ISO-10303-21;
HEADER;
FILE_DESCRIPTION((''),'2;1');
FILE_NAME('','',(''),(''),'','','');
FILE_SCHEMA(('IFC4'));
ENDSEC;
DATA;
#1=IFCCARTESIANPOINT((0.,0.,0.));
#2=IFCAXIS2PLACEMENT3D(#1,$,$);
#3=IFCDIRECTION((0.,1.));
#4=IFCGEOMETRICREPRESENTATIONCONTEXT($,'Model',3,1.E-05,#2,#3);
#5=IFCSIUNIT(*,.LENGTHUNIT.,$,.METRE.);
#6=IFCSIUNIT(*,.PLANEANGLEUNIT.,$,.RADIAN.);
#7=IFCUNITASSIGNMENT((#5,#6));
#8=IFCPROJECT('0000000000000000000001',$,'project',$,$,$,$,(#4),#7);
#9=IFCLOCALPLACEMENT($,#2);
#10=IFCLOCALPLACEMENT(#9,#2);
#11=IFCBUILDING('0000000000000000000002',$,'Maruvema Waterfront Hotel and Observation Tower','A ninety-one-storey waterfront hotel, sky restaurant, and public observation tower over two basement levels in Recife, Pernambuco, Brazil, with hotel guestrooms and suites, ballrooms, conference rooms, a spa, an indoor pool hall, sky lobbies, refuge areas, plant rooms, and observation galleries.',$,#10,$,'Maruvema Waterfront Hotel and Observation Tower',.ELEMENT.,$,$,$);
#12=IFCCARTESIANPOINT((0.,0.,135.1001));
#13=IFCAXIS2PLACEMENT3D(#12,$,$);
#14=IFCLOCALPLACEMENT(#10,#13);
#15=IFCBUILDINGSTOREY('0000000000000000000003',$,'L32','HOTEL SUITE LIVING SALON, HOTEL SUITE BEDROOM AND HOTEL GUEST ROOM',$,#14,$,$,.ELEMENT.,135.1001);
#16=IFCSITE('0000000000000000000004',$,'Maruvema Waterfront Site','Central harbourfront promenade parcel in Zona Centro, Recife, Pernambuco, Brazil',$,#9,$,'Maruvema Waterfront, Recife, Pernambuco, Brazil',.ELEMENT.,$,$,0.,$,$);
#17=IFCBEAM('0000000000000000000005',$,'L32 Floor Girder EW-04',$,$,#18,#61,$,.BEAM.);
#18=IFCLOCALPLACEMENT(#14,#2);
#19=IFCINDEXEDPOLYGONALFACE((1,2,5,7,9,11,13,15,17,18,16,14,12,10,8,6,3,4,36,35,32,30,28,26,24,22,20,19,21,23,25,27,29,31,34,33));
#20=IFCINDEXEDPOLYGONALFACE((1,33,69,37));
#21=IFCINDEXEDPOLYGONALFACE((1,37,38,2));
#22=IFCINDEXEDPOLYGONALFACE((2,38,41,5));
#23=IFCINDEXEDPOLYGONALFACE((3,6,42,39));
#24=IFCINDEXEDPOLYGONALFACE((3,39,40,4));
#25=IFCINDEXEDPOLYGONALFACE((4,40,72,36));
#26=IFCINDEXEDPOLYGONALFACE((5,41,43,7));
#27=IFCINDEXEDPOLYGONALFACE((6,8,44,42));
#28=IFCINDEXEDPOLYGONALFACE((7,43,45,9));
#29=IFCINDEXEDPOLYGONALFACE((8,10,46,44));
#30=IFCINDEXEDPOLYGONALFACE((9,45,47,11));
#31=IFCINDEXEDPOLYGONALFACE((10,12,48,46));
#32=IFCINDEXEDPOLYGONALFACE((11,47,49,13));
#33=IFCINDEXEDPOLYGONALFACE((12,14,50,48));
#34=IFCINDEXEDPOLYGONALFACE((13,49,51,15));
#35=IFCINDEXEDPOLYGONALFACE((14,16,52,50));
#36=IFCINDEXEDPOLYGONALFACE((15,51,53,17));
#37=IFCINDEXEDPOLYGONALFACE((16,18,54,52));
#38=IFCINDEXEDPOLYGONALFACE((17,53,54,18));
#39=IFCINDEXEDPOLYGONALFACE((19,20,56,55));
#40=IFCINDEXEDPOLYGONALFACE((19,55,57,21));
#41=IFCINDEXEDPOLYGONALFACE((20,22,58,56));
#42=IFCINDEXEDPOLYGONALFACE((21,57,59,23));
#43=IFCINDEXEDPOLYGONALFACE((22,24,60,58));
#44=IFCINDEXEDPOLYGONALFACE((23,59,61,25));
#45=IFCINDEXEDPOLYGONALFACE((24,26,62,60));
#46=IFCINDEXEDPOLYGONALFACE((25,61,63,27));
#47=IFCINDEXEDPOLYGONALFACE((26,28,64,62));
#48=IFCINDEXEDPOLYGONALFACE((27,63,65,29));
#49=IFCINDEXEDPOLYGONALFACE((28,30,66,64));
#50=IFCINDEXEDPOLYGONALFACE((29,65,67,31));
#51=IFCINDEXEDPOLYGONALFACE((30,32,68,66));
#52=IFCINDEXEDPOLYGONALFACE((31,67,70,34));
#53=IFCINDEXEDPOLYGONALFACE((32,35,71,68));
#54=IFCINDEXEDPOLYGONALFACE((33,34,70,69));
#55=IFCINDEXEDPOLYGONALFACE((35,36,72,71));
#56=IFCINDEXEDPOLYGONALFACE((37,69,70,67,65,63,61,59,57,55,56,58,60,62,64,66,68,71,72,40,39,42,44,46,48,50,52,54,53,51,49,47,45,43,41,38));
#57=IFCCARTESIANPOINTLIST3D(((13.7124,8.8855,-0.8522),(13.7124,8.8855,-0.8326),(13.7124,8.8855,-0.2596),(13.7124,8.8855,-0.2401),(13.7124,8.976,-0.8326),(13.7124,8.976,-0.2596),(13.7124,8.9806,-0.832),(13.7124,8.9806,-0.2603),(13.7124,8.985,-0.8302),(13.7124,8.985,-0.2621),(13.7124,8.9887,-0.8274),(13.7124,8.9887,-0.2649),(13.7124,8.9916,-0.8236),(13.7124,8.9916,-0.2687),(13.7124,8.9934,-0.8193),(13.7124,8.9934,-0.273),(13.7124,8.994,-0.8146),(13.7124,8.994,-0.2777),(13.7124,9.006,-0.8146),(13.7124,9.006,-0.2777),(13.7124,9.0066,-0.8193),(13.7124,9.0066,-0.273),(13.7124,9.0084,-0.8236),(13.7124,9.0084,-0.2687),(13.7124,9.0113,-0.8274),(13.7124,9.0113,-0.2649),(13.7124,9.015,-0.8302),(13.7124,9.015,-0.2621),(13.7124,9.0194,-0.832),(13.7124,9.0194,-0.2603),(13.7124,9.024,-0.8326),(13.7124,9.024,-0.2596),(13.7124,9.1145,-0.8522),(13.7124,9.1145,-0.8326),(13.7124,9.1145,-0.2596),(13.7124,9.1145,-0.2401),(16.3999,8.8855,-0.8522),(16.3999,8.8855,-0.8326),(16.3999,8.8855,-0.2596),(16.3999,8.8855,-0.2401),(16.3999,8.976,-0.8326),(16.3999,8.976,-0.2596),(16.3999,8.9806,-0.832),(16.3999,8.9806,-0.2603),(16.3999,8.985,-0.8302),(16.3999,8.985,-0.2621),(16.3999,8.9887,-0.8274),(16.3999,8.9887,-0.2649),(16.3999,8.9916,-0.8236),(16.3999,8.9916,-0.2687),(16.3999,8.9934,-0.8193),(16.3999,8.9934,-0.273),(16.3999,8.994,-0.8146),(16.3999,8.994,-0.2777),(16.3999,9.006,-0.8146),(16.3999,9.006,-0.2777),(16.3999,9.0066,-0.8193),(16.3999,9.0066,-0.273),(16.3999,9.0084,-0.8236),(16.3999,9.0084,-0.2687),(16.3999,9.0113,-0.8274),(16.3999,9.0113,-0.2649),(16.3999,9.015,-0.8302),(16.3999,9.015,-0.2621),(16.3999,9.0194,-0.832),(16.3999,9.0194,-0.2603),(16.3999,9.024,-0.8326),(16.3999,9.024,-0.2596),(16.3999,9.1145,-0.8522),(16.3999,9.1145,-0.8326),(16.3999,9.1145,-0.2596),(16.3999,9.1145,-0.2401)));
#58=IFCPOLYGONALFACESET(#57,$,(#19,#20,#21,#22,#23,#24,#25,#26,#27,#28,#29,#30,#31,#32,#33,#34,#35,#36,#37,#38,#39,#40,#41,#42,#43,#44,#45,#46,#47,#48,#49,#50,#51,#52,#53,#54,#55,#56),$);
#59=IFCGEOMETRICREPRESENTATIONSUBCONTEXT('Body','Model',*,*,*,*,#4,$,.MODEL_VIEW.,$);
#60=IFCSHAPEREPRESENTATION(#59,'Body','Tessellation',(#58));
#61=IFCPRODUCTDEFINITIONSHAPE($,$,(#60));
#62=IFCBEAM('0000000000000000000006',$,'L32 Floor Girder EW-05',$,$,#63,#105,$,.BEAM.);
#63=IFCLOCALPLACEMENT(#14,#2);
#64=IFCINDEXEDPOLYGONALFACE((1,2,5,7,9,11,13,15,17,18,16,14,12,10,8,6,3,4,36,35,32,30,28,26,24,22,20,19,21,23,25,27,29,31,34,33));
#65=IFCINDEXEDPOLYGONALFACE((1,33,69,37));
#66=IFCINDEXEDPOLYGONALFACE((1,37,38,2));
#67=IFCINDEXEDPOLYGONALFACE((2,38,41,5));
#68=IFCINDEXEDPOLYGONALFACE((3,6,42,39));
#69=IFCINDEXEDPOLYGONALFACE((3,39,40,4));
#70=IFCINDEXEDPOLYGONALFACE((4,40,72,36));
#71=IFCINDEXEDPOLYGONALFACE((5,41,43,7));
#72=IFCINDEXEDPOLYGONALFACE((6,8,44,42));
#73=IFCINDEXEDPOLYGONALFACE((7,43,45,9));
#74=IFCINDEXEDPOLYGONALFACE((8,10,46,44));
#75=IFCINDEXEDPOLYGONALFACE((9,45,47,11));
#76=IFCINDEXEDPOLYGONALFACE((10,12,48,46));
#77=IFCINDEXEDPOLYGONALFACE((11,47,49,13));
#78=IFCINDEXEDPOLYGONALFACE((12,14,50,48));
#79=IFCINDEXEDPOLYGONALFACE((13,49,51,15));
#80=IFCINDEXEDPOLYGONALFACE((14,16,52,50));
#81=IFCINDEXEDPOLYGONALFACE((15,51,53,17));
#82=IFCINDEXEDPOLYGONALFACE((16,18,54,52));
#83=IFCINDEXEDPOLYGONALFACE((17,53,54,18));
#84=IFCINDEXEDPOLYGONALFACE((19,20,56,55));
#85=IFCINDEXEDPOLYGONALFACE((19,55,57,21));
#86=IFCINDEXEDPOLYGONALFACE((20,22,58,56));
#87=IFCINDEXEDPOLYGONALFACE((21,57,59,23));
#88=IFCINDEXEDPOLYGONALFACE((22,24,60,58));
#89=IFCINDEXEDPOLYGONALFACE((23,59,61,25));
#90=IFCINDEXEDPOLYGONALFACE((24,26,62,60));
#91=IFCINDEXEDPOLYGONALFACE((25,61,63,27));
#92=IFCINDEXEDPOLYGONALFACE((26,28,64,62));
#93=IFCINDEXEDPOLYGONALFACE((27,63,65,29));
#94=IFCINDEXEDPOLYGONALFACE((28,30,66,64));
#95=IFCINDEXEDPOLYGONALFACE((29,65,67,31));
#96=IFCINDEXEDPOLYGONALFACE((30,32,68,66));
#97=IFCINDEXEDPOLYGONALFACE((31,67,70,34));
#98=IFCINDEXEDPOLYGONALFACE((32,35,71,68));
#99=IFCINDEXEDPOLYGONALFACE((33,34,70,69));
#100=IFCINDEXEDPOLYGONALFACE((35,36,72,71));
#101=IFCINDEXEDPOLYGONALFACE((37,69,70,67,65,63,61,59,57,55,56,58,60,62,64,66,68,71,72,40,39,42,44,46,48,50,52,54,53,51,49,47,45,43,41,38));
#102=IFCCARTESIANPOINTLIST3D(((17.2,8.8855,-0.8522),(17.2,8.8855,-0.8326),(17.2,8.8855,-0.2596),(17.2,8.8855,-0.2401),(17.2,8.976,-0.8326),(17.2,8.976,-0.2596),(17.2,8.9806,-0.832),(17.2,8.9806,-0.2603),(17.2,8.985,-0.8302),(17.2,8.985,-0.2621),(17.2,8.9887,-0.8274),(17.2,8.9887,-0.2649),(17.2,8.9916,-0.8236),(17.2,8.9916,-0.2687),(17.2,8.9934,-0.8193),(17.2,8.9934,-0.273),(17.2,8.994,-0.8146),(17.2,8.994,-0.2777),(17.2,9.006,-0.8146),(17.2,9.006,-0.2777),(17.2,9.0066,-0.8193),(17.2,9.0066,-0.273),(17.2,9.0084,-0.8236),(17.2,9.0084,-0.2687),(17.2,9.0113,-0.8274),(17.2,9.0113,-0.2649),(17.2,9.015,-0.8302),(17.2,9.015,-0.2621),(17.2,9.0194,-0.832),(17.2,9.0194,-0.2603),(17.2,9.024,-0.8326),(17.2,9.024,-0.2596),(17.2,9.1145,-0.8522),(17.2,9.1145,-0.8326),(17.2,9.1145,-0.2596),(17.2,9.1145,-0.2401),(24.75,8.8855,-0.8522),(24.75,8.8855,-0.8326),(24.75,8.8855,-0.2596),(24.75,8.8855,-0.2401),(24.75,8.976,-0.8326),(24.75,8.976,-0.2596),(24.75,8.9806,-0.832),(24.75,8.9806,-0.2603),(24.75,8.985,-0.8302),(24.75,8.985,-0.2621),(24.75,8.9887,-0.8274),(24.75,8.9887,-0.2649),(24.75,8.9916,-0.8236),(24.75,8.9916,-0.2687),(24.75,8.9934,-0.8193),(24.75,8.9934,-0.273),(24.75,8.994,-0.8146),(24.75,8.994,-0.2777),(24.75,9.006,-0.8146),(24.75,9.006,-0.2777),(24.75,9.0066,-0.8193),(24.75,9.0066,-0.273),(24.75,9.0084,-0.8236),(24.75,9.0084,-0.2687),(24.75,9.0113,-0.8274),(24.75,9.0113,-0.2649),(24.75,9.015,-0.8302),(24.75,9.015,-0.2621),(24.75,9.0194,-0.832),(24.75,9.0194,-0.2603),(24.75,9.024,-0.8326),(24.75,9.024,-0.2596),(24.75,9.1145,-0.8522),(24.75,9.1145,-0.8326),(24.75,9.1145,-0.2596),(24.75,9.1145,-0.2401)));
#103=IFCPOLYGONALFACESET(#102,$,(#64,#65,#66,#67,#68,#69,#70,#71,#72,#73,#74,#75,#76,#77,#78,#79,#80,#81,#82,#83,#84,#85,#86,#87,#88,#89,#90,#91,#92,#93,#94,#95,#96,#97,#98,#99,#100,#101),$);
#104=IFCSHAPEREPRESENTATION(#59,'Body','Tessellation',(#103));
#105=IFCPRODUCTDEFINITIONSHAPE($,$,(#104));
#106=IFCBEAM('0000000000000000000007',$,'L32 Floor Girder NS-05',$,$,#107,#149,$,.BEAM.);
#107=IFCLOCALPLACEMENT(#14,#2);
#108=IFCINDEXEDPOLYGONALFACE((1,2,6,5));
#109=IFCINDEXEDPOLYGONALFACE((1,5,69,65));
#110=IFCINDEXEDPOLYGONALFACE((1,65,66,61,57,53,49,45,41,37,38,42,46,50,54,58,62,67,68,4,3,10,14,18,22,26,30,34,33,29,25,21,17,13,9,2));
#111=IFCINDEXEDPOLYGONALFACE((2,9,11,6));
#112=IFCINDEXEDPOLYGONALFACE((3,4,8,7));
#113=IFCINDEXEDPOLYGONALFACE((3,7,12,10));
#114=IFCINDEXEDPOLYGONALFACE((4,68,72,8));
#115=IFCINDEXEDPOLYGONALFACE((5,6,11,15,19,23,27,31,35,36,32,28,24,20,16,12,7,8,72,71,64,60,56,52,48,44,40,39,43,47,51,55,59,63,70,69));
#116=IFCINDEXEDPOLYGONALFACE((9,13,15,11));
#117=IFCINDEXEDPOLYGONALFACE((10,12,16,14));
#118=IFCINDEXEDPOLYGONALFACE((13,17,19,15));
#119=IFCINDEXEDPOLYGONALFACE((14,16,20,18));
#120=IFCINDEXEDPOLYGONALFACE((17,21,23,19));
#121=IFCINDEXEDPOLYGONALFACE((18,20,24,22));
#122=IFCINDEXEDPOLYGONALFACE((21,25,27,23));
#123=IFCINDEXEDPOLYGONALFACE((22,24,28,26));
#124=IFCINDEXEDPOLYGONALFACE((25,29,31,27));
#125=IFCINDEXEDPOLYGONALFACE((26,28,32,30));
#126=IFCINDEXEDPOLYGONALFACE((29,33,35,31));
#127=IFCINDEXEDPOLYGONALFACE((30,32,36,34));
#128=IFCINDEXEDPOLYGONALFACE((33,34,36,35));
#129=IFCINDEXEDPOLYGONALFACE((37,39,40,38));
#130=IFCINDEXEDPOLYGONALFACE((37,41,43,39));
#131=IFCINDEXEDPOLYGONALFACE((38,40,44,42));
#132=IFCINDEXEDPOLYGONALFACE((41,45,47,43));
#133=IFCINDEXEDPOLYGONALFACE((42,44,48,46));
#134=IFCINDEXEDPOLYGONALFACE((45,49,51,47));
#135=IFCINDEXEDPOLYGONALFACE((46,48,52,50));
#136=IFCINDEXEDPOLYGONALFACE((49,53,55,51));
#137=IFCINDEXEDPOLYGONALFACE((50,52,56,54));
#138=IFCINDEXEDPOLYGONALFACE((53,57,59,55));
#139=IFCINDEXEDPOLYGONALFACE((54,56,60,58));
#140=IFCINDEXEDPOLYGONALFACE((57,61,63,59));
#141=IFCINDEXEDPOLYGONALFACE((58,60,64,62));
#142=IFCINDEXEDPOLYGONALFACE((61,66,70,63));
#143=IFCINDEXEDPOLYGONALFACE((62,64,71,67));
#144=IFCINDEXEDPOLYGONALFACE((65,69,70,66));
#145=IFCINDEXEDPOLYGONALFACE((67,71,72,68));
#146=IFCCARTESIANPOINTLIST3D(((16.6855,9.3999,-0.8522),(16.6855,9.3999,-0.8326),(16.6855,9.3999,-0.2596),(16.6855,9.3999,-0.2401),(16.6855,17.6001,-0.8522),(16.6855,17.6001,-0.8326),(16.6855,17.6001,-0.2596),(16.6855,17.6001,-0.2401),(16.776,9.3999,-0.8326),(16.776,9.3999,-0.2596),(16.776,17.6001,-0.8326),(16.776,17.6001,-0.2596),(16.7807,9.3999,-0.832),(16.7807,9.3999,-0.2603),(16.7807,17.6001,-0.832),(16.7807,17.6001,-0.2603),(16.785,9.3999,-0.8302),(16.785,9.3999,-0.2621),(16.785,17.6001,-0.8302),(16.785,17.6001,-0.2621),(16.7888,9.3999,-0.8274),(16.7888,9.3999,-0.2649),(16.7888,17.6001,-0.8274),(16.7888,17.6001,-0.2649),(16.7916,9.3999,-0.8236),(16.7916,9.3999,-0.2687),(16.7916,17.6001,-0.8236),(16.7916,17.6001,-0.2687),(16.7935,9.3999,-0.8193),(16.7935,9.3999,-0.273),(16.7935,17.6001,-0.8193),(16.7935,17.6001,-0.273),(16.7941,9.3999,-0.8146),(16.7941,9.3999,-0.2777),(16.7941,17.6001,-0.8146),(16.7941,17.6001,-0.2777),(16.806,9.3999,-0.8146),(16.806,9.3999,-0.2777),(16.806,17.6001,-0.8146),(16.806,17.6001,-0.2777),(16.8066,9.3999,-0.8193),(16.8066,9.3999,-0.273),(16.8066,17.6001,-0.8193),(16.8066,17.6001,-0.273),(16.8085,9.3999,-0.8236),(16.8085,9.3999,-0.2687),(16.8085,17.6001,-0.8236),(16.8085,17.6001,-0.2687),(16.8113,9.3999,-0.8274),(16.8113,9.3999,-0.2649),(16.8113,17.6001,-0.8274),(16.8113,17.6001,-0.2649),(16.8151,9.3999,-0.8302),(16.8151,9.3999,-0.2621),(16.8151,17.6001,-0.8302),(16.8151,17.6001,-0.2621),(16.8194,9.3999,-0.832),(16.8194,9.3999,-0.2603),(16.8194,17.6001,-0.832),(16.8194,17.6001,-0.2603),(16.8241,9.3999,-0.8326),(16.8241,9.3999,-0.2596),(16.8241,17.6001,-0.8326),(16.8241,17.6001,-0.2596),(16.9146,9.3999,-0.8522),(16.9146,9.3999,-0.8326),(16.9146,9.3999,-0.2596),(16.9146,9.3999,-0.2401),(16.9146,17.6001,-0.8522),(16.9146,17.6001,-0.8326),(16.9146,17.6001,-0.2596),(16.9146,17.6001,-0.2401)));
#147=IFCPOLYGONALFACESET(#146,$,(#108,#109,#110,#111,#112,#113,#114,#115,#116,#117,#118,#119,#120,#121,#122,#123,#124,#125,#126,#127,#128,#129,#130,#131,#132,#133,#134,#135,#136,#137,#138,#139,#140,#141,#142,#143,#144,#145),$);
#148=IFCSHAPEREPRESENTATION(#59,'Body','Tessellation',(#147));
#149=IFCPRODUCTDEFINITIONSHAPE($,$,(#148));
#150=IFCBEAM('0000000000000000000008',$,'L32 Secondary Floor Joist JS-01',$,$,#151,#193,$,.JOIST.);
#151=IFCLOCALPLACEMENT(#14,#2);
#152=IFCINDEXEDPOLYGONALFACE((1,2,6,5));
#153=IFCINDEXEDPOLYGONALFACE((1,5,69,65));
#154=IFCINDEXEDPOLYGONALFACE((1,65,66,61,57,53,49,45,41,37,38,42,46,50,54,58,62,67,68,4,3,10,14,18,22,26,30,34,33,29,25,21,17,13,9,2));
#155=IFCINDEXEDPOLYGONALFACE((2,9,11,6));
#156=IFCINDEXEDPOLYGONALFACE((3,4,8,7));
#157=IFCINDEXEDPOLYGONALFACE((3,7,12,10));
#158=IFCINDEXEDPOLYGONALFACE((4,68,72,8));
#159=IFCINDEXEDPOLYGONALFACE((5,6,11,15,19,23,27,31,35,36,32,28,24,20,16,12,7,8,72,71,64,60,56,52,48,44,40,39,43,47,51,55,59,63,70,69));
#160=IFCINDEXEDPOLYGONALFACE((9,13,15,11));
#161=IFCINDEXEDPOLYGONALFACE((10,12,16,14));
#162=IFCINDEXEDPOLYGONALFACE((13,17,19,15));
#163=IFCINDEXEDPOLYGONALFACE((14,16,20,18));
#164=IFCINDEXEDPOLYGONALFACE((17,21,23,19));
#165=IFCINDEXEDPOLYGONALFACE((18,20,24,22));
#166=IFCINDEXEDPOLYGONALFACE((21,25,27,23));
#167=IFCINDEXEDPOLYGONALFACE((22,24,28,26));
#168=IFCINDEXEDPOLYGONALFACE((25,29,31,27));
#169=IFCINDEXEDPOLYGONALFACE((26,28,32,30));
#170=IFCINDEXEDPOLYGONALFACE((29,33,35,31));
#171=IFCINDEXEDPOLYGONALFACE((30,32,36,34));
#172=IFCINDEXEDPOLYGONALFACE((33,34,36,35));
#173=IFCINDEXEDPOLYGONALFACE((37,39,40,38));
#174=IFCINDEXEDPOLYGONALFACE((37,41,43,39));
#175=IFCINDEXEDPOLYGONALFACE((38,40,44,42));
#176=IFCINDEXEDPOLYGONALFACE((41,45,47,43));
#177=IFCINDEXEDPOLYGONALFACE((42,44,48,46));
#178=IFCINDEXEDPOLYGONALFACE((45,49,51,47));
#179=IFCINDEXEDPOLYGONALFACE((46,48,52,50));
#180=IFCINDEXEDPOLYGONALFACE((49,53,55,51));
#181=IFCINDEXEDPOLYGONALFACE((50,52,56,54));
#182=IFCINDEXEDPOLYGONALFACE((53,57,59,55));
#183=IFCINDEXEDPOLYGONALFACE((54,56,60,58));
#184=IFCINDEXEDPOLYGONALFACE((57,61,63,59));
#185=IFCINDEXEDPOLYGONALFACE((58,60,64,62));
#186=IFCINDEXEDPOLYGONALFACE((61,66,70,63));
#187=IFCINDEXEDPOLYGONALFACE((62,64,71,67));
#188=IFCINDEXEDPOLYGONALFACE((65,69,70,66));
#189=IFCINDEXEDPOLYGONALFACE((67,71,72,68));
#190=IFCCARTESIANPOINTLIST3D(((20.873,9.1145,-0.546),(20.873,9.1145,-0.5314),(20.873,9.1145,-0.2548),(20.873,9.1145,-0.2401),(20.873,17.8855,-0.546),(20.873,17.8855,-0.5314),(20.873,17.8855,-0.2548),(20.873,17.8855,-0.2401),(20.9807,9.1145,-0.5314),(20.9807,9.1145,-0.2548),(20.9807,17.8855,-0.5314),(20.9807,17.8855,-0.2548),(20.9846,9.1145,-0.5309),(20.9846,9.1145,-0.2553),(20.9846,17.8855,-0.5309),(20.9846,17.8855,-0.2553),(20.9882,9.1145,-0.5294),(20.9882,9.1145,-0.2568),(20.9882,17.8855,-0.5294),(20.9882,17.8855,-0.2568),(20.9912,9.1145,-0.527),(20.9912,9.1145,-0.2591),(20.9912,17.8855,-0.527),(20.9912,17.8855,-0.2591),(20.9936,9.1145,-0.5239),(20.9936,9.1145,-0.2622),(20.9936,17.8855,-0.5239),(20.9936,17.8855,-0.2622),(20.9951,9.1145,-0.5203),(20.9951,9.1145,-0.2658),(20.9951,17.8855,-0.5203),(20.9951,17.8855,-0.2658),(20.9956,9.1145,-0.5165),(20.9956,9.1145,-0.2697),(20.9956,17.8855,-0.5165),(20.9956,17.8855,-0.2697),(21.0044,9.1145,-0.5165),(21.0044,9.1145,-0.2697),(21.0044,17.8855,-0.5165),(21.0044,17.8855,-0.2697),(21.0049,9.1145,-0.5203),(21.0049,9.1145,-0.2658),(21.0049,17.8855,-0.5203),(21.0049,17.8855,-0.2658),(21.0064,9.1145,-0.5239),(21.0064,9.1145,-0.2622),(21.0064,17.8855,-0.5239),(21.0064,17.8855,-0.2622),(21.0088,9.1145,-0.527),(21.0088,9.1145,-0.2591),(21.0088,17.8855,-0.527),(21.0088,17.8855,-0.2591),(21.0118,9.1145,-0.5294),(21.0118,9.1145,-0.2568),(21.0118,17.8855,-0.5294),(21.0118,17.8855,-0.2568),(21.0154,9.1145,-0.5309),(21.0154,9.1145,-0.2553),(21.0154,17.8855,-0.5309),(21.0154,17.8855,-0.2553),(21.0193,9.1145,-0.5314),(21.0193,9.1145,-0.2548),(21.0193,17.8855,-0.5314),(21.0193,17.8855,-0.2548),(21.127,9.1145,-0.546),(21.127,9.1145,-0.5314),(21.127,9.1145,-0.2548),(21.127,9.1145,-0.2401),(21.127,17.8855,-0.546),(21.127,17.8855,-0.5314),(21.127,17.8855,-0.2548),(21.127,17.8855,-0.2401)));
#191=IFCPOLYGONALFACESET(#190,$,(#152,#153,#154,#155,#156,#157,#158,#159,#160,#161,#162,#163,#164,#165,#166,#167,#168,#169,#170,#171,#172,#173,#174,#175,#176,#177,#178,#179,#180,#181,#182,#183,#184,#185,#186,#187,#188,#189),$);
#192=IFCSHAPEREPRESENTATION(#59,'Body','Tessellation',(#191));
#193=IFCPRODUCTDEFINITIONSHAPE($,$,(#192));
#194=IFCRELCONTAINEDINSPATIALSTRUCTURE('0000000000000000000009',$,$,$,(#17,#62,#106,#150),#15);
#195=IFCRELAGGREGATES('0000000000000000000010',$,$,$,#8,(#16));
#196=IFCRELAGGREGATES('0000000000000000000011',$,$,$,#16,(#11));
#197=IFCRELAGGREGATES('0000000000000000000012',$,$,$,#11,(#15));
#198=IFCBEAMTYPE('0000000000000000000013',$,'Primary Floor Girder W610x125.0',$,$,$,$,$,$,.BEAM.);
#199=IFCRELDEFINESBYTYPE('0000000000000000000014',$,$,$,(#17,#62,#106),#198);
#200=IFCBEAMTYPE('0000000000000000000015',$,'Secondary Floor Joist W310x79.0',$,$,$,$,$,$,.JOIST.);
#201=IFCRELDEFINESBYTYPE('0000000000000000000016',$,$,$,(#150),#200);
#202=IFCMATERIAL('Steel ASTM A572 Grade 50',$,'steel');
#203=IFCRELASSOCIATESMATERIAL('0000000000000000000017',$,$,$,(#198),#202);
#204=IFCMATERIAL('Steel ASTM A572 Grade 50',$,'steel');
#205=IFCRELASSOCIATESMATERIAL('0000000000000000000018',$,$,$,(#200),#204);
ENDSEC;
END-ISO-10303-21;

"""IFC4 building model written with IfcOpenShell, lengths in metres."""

from ifc_helpers import new_model, si_unit, direction, frame, origin, origin_2d, place, context, subcontext, project, spatial, i_section, extrude, material, material_profile, profile_set, type_object, element, save


model = new_model("IFC4")

# Units and contexts
model_context = context("Model", 3, precision=1e-05, world=origin(), true_north=direction((0.0, 1.0)))
body_context = subcontext(model_context, "Body", "Model", "MODEL_VIEW")
ifc_project = project(units=[si_unit("LENGTHUNIT", "METRE"), si_unit("PLANEANGLEUNIT", "RADIAN")], contexts=[model_context])

# Site, building, storey
site_placement = place(None, origin())
site = spatial("IfcSite", under=ifc_project, at=site_placement, Name="Maruvema Waterfront Site", Description="Central harbourfront promenade parcel in Zona Centro, Recife, Pernambuco, Brazil", LongName="Maruvema Waterfront, Recife, Pernambuco, Brazil", CompositionType="ELEMENT", RefElevation=0.0)
building_placement = place(site_placement, origin())
building = spatial("IfcBuilding", under=site, at=building_placement, Name="Maruvema Waterfront Hotel and Observation Tower", Description="A ninety-one-storey waterfront hotel, sky restaurant, and public observation tower over two basement levels in Recife, Pernambuco, Brazil, with hotel guestrooms and suites, ballrooms, conference rooms, a spa, an indoor pool hall, sky lobbies, refuge areas, plant rooms, and observation galleries.", LongName="Maruvema Waterfront Hotel and Observation Tower", CompositionType="ELEMENT")
storey_placement = place(building_placement, frame((0.0, 0.0, 135.1001)))
storey = spatial("IfcBuildingStorey", under=building, at=storey_placement, Name="L32", Description="HOTEL SUITE LIVING SALON, HOTEL SUITE BEDROOM AND HOTEL GUEST ROOM", CompositionType="ELEMENT", Elevation=135.1001)

# Beams
ifc_material_1 = material(Name="Steel ASTM A572 Grade 50", Category="steel")
ifc_material_profile_1 = material_profile(ifc_material_1, i_section(OverallWidth=0.229, OverallDepth=0.6121, WebThickness=0.012, FlangeThickness=0.0195, FilletRadius=0.0181, at=origin_2d()), Name="W610x125.0")
ifc_profile_set_1 = profile_set([ifc_material_profile_1], Name="Steel ASTM A572 Grade 50")
beam_type_1 = type_object("IfcBeamType", Name="Primary Floor Girder W610x125.0", PredefinedType="BEAM", material=ifc_profile_set_1)
beam_1_placement = place(storey_placement, frame((13.7124, 9.0, -0.5461), z_axis=(1.0, 0.0, 0.0), x_axis=(0.0, 1.0, 0.0)))
element("IfcBeam", 1, at=beam_1_placement, inside=storey, type_object=beam_type_1, Name="L32 Floor Girder EW-04", PredefinedType="BEAM", context=body_context, shape_type="SweptSolid", body=[
    extrude(i_section(OverallWidth=0.229, OverallDepth=0.6121, WebThickness=0.012, FlangeThickness=0.0195, FilletRadius=0.0181, at=origin_2d()), origin(), (0.0, 0.0, 1.0), 2.6875),
])
beam_2_placement = place(storey_placement, frame((17.2, 9.0, -0.5461), z_axis=(1.0, 0.0, 0.0), x_axis=(0.0, 1.0, 0.0)))
element("IfcBeam", 2, at=beam_2_placement, inside=storey, type_object=beam_type_1, Name="L32 Floor Girder EW-05", PredefinedType="BEAM", context=body_context, shape_type="SweptSolid", body=[
    extrude(i_section(OverallWidth=0.229, OverallDepth=0.6121, WebThickness=0.012, FlangeThickness=0.0195, FilletRadius=0.0181, at=origin_2d()), origin(), (0.0, 0.0, 1.0), 7.55),
])
beam_3_placement = place(storey_placement, frame((16.8, 9.3999, -0.5461), z_axis=(0.0, 1.0, 0.0), x_axis=(-1.0, 0.0, 0.0)))
element("IfcBeam", 3, at=beam_3_placement, inside=storey, type_object=beam_type_1, Name="L32 Floor Girder NS-05", PredefinedType="BEAM", context=body_context, shape_type="SweptSolid", body=[
    extrude(i_section(OverallWidth=0.229, OverallDepth=0.6121, WebThickness=0.012, FlangeThickness=0.0195, FilletRadius=0.0181, at=origin_2d()), origin(), (0.0, 0.0, 1.0), 8.2002),
])
ifc_material_2 = material(Name="Steel ASTM A572 Grade 50", Category="steel")
ifc_material_profile_2 = material_profile(ifc_material_2, i_section(OverallWidth=0.2539, OverallDepth=0.3059, WebThickness=0.0088, FlangeThickness=0.0146, FilletRadius=0.0149, at=origin_2d()), Name="W310x79.0")
ifc_profile_set_2 = profile_set([ifc_material_profile_2], Name="Steel ASTM A572 Grade 50")
beam_type_2 = type_object("IfcBeamType", Name="Secondary Floor Joist W310x79.0", PredefinedType="JOIST", material=ifc_profile_set_2)
beam_4_placement = place(storey_placement, frame((21.0, 9.1145, -0.3931), z_axis=(0.0, 1.0, 0.0), x_axis=(-1.0, 0.0, 0.0)))
element("IfcBeam", 4, at=beam_4_placement, inside=storey, type_object=beam_type_2, Name="L32 Secondary Floor Joist JS-01", PredefinedType="JOIST", context=body_context, shape_type="SweptSolid", body=[
    extrude(i_section(OverallWidth=0.2539, OverallDepth=0.3059, WebThickness=0.0088, FlangeThickness=0.0146, FilletRadius=0.0149, at=origin_2d()), origin(), (0.0, 0.0, 1.0), 8.771),
])

save(model, "model.ifc")
